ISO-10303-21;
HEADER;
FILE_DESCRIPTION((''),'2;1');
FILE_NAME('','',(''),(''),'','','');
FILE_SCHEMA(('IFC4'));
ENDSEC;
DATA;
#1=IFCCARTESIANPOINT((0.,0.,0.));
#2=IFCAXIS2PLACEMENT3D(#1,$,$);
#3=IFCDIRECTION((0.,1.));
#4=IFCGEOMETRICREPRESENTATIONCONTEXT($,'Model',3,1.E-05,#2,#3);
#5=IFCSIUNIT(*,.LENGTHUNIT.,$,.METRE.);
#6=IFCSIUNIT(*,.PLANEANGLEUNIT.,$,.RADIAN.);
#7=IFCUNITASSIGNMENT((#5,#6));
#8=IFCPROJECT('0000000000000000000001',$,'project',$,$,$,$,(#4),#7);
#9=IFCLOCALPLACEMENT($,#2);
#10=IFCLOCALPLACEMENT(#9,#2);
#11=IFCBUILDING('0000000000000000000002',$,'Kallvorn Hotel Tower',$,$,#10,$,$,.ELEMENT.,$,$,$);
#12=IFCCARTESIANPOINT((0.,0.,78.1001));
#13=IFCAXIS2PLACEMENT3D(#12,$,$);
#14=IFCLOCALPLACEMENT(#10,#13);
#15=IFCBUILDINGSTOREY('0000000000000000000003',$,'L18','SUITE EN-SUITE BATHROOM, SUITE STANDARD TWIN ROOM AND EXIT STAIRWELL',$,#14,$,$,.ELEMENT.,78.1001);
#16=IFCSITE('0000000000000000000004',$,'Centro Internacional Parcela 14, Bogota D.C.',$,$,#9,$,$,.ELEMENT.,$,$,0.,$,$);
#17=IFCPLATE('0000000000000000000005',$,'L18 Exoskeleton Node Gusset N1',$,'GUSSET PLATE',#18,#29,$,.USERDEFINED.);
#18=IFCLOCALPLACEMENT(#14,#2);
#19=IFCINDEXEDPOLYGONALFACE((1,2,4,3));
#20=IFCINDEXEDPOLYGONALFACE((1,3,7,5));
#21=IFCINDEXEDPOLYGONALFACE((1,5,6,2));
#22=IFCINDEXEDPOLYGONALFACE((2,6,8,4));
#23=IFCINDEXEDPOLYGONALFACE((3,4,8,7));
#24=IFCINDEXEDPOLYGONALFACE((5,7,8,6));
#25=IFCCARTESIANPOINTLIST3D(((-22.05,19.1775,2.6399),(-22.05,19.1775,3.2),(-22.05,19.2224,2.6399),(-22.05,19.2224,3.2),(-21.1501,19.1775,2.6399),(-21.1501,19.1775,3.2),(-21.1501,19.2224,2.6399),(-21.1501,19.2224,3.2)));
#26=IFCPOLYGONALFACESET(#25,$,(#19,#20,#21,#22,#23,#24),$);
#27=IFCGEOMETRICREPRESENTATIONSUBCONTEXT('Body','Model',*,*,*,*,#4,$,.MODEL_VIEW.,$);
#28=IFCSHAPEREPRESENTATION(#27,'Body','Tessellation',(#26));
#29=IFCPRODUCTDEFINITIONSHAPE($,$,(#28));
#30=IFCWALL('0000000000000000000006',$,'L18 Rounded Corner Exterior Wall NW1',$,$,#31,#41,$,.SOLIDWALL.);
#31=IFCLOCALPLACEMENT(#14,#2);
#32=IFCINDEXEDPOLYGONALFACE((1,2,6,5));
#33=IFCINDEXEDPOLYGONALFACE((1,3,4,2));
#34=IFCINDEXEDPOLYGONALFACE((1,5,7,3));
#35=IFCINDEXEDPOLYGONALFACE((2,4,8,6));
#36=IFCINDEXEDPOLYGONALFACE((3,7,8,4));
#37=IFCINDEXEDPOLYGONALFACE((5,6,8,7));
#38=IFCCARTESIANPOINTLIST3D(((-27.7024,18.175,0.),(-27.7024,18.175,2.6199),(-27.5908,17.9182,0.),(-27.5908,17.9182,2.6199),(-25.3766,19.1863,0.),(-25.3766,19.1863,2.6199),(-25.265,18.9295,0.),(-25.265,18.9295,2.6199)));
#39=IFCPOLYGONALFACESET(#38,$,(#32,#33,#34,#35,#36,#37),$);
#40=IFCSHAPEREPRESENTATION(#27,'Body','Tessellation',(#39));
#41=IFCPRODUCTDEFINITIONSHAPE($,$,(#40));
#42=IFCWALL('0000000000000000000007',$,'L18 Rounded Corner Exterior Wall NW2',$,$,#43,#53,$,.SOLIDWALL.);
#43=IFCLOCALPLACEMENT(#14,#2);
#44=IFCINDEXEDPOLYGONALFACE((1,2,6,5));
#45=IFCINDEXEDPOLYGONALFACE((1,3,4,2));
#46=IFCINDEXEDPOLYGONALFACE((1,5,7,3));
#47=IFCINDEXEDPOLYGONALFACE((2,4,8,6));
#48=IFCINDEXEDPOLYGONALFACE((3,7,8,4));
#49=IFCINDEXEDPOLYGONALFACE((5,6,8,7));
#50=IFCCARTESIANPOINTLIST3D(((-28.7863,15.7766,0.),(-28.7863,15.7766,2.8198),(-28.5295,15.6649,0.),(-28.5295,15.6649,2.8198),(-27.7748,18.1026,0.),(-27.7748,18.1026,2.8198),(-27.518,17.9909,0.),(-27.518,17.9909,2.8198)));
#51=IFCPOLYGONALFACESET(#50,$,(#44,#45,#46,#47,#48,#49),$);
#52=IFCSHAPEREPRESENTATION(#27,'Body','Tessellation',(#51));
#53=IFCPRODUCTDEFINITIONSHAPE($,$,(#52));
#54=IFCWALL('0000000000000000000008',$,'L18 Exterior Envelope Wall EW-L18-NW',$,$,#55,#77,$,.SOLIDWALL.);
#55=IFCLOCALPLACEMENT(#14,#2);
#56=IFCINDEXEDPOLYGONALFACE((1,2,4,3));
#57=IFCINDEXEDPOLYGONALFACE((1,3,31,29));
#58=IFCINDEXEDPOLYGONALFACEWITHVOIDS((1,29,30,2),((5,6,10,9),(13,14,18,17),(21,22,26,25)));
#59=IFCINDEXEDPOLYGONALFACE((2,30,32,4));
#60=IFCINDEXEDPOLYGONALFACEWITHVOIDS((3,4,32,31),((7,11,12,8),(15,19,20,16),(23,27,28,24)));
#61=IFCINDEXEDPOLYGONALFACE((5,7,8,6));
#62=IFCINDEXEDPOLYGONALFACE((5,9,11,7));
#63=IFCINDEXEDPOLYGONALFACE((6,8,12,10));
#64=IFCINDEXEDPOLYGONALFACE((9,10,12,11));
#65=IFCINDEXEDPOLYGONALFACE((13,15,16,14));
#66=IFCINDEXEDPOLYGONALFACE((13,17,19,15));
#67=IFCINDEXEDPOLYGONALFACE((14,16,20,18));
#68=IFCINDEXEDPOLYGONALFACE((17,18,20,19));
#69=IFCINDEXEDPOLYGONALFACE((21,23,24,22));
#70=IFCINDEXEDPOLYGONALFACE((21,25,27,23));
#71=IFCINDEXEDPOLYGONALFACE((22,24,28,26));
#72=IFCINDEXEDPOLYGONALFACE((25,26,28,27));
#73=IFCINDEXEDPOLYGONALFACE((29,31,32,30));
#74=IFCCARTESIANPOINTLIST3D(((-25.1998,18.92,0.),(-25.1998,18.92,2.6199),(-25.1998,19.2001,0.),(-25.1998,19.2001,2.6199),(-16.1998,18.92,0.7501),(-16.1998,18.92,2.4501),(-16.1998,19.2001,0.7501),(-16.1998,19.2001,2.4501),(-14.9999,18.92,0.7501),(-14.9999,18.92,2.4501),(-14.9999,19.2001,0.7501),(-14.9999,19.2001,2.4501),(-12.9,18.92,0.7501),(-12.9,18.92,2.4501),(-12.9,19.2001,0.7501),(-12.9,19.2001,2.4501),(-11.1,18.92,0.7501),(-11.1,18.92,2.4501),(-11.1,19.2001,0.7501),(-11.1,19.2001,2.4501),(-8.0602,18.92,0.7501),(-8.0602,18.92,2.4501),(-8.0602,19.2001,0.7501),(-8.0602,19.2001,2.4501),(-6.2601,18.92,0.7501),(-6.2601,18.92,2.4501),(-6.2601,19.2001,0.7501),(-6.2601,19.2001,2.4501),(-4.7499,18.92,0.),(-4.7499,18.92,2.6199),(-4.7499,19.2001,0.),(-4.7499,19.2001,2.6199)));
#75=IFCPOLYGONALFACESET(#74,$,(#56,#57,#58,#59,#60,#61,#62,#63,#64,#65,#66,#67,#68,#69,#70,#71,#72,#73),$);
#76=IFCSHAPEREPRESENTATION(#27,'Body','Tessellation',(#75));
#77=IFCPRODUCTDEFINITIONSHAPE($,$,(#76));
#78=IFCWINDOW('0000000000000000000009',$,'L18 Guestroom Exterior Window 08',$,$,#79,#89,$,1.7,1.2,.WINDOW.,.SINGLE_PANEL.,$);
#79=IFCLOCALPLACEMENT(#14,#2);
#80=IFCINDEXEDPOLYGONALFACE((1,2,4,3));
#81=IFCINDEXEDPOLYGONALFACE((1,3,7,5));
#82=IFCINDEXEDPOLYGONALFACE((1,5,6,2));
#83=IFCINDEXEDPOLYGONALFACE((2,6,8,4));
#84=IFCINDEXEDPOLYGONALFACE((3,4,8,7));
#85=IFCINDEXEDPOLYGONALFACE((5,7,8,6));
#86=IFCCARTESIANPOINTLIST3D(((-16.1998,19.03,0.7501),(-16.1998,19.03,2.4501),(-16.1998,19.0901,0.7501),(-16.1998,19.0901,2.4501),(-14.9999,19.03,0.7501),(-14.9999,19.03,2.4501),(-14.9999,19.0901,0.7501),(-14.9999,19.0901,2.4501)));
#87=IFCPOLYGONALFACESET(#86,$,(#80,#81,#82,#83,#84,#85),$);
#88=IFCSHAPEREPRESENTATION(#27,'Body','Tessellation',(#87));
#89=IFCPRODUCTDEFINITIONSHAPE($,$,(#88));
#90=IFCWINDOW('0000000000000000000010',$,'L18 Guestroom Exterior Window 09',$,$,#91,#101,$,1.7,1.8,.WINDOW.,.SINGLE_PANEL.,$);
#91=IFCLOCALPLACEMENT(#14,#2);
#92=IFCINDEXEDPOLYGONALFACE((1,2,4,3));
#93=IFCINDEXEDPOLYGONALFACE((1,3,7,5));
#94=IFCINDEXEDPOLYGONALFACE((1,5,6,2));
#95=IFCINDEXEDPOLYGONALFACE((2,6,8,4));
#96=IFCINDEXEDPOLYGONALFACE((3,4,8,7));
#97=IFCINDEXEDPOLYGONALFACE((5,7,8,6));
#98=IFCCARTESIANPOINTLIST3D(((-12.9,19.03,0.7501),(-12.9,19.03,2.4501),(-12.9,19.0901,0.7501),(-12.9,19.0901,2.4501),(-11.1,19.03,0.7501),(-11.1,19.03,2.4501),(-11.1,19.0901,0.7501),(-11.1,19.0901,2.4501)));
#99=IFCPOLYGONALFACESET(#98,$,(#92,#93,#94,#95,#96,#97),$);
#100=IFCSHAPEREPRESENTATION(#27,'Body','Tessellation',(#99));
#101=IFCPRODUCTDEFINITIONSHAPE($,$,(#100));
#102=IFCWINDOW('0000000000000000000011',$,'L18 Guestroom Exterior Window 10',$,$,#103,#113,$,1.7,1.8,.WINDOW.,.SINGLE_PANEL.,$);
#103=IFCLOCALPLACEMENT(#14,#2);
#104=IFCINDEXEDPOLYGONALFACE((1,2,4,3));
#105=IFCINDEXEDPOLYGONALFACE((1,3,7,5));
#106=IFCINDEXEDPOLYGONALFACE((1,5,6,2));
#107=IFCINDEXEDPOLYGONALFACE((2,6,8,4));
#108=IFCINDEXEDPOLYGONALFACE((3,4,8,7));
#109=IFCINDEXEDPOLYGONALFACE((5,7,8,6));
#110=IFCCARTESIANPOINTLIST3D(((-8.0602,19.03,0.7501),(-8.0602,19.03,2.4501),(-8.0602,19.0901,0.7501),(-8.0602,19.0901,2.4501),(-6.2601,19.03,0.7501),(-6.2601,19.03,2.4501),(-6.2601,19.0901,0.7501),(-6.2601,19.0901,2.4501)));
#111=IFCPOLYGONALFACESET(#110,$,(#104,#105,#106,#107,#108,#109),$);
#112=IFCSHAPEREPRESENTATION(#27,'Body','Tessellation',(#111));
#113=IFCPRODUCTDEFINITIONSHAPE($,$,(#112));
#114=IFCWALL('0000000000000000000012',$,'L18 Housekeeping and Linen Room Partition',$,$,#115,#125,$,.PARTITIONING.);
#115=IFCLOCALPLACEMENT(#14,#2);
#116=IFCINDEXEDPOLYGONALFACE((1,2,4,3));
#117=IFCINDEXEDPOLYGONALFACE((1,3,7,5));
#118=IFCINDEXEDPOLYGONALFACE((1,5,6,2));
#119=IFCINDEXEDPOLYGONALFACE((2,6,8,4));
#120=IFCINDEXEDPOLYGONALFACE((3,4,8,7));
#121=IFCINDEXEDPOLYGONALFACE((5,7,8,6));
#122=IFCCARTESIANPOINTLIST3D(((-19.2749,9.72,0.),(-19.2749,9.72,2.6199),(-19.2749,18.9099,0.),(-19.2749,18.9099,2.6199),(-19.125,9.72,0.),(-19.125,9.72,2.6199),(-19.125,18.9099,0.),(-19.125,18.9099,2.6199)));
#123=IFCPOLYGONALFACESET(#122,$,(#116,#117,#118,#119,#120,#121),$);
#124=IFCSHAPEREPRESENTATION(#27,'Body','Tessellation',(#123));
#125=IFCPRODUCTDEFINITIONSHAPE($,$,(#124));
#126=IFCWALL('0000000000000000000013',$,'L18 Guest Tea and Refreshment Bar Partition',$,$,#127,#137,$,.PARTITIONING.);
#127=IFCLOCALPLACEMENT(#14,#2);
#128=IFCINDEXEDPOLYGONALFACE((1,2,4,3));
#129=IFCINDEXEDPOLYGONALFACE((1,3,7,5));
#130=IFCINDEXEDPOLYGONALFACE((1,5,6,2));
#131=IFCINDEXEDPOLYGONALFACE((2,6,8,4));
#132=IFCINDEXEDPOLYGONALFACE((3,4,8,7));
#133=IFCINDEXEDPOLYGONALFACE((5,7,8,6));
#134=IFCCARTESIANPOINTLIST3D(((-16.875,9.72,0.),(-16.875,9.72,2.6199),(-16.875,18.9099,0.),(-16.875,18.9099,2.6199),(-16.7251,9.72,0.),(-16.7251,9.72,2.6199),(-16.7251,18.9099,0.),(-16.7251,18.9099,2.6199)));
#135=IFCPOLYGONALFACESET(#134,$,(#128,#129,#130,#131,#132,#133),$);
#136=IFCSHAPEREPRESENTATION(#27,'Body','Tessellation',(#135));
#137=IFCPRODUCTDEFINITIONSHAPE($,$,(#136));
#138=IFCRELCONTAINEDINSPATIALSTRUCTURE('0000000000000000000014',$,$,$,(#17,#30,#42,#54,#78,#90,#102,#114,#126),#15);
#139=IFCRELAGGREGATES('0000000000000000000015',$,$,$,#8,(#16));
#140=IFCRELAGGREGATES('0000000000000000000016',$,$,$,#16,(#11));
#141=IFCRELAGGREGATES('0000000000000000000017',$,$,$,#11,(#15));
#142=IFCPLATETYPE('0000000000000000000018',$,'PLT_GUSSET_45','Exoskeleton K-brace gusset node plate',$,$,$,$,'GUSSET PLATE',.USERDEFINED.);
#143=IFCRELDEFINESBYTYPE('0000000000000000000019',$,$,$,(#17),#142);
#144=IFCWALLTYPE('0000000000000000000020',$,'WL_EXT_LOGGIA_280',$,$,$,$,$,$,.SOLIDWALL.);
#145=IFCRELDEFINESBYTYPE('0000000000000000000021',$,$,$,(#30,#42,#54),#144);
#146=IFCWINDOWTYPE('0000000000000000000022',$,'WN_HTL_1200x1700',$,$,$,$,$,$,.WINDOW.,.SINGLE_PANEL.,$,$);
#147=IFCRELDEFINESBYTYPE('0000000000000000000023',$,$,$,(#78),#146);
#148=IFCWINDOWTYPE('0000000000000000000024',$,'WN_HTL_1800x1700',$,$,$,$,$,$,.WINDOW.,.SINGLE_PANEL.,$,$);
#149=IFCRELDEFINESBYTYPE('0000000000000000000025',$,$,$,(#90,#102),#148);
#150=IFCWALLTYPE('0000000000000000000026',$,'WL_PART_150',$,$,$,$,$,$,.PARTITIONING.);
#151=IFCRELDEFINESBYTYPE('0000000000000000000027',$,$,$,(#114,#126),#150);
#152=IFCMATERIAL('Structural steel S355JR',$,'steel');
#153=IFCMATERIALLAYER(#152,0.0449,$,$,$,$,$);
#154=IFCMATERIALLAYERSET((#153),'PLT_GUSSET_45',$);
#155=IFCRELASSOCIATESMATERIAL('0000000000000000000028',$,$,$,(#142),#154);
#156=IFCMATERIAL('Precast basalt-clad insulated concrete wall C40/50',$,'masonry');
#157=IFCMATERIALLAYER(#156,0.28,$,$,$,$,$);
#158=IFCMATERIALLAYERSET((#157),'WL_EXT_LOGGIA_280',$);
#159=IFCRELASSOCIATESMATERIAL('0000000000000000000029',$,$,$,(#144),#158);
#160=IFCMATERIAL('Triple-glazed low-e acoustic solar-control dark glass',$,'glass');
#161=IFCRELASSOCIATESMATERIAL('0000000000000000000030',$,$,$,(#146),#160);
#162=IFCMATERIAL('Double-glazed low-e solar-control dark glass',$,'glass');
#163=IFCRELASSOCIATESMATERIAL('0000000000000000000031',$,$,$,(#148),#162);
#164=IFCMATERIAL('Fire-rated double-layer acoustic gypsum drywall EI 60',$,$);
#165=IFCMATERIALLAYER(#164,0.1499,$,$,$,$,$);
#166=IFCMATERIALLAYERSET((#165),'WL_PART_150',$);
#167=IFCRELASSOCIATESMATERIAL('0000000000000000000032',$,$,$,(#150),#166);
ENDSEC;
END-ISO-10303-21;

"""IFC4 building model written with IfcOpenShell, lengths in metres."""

from ifc_helpers import new_model, si_unit, direction, frame, frame_2d, origin, origin_2d, place, context, subcontext, project, spatial, rectangle, extrude, material, layer, layer_set, type_object, element, fill, save


model = new_model("IFC4")

# Units and contexts
model_context = context("Model", 3, precision=1e-05, world=origin(), true_north=direction((0.0, 1.0)))
body_context = subcontext(model_context, "Body", "Model", "MODEL_VIEW")
ifc_project = project(units=[si_unit("LENGTHUNIT", "METRE"), si_unit("PLANEANGLEUNIT", "RADIAN")], contexts=[model_context])

# Site, building, storey
site_placement = place(None, origin())
site = spatial("IfcSite", under=ifc_project, at=site_placement, Name="Centro Internacional Parcela 14, Bogota D.C.", CompositionType="ELEMENT", RefElevation=0.0)
building_placement = place(site_placement, origin())
building = spatial("IfcBuilding", under=site, at=building_placement, Name="Kallvorn Hotel Tower", CompositionType="ELEMENT")
storey_placement = place(building_placement, frame((0.0, 0.0, 78.1001)))
storey = spatial("IfcBuildingStorey", under=building, at=storey_placement, Name="L18", Description="SUITE EN-SUITE BATHROOM, SUITE STANDARD TWIN ROOM AND EXIT STAIRWELL", CompositionType="ELEMENT", Elevation=78.1001)

# Plate
ifc_material_1 = material(Name="Structural steel S355JR", Category="steel")
ifc_layer_1 = layer(ifc_material_1, 0.0449)
ifc_layer_set_1 = layer_set([ifc_layer_1], Name="PLT_GUSSET_45")
plate_type_1 = type_object("IfcPlateType", Name="PLT_GUSSET_45", Description="Exoskeleton K-brace gusset node plate", ElementType="GUSSET PLATE", PredefinedType="USERDEFINED", material=ifc_layer_set_1)
plate_1_placement = place(storey_placement, frame((-21.6001, 19.2, 2.6399), z_axis=(0.0, 0.0, 1.0), x_axis=(1.0, 0.0, 0.0)))
element("IfcPlate", 1, at=plate_1_placement, inside=storey, type_object=plate_type_1, Name="L18 Exoskeleton Node Gusset N1", ObjectType="GUSSET PLATE", PredefinedType="USERDEFINED", context=body_context, shape_type="SweptSolid", body=[
    extrude(rectangle(XDim=0.8999, YDim=0.0449, at=origin_2d()), origin(), (0.0, 0.0, 1.0), 0.5601),
])

# Walls
ifc_material_2 = material(Name="Precast basalt-clad insulated concrete wall C40/50", Category="masonry")
ifc_layer_2 = layer(ifc_material_2, 0.28)
ifc_layer_set_2 = layer_set([ifc_layer_2], Name="WL_EXT_LOGGIA_280")
wall_type_1 = type_object("IfcWallType", Name="WL_EXT_LOGGIA_280", PredefinedType="SOLIDWALL", material=ifc_layer_set_2)
wall_1_placement = place(storey_placement, frame((-25.3208, 19.0579, 0.0), z_axis=(0.0, 0.0, 1.0), x_axis=(-0.917061, -0.398747, 0.0)))
element("IfcWall", 2, at=wall_1_placement, inside=storey, type_object=wall_type_1, Name="L18 Rounded Corner Exterior Wall NW1", PredefinedType="SOLIDWALL", context=body_context, shape_type="SweptSolid", body=[
    extrude(rectangle(XDim=2.5361, YDim=0.28, at=frame_2d((1.2681, 0.0))), origin(), (0.0, 0.0, 1.0), 2.6199),
])
wall_2_placement = place(storey_placement, frame((-27.6465, 18.0466, 0.0), z_axis=(0.0, 0.0, 1.0), x_axis=(-0.398793, -0.917041, 0.0)))
element("IfcWall", 3, at=wall_2_placement, inside=storey, type_object=wall_type_1, Name="L18 Rounded Corner Exterior Wall NW2", PredefinedType="SOLIDWALL", context=body_context, shape_type="SweptSolid", body=[
    extrude(rectangle(XDim=2.5364, YDim=0.28, at=frame_2d((1.2681, 0.0))), origin(), (0.0, 0.0, 1.0), 2.8198),
])

# Wall, openings, windows
wall_3_placement = place(storey_placement, frame((-25.2, 19.0601, 0.0), z_axis=(0.0, 0.0, 1.0), x_axis=(1.0, 0.0, 0.0)))
wall_3 = element("IfcWall", 4, at=wall_3_placement, inside=storey, type_object=wall_type_1, Name="L18 Exterior Envelope Wall EW-L18-NW", PredefinedType="SOLIDWALL", context=body_context, shape_type="SweptSolid", body=[
    extrude(rectangle(XDim=20.45, YDim=0.28, at=frame_2d((10.2251, 0.0))), origin(), (0.0, 0.0, 1.0), 2.6199),
])
opening_1_placement = place(wall_3_placement, frame((9.0, 0.0, 0.75)))
opening_1 = element("IfcOpeningElement", 5, at=opening_1_placement, cuts=wall_3, PredefinedType="OPENING", context=body_context, shape_type="SweptSolid", body=[
    extrude(rectangle(XDim=1.2, YDim=1.7, at=frame_2d((0.6001, 0.8501))), frame((0.0, 0.155, 0.0), z_axis=(0.0, -1.0, 0.0), x_axis=(1.0, 0.0, 0.0)), (0.0, 0.0, 1.0), 0.3101),
])
opening_2_placement = place(wall_3_placement, frame((12.3, 0.0, 0.75)))
opening_2 = element("IfcOpeningElement", 6, at=opening_2_placement, cuts=wall_3, PredefinedType="OPENING", context=body_context, shape_type="SweptSolid", body=[
    extrude(rectangle(XDim=1.8, YDim=1.7, at=frame_2d((0.8999, 0.8501))), frame((0.0, 0.155, 0.0), z_axis=(0.0, -1.0, 0.0), x_axis=(1.0, 0.0, 0.0)), (0.0, 0.0, 1.0), 0.3101),
])
opening_3_placement = place(wall_3_placement, frame((17.1399, 0.0, 0.75)))
opening_3 = element("IfcOpeningElement", 7, at=opening_3_placement, cuts=wall_3, PredefinedType="OPENING", context=body_context, shape_type="SweptSolid", body=[
    extrude(rectangle(XDim=1.8, YDim=1.7, at=frame_2d((0.8999, 0.8501))), frame((0.0, 0.155, 0.0), z_axis=(0.0, -1.0, 0.0), x_axis=(1.0, 0.0, 0.0)), (0.0, 0.0, 1.0), 0.3101),
])
ifc_material_3 = material(Name="Triple-glazed low-e acoustic solar-control dark glass", Category="glass")
window_type_1 = type_object("IfcWindowType", Name="WN_HTL_1200x1700", PartitioningType="SINGLE_PANEL", PredefinedType="WINDOW", material=ifc_material_3)
window_1_placement = place(opening_1_placement, origin())
window_1 = element("IfcWindow", 8, at=window_1_placement, inside=storey, type_object=window_type_1, Name="L18 Guestroom Exterior Window 08", OverallHeight=1.7, OverallWidth=1.2, PartitioningType="SINGLE_PANEL", PredefinedType="WINDOW", context=body_context, shape_type="SweptSolid", body=[
    extrude(rectangle(XDim=1.2, YDim=1.7, at=frame_2d((0.6001, 0.8501))), frame((0.0, 0.03, 0.0), z_axis=(0.0, -1.0, 0.0), x_axis=(1.0, 0.0, 0.0)), (0.0, 0.0, 1.0), 0.0601),
])
fill(opening_1, window_1)
ifc_material_4 = material(Name="Double-glazed low-e solar-control dark glass", Category="glass")
window_type_2 = type_object("IfcWindowType", Name="WN_HTL_1800x1700", PartitioningType="SINGLE_PANEL", PredefinedType="WINDOW", material=ifc_material_4)
window_2_placement = place(opening_2_placement, origin())
window_2 = element("IfcWindow", 9, at=window_2_placement, inside=storey, type_object=window_type_2, Name="L18 Guestroom Exterior Window 09", OverallHeight=1.7, OverallWidth=1.8, PartitioningType="SINGLE_PANEL", PredefinedType="WINDOW", context=body_context, shape_type="SweptSolid", body=[
    extrude(rectangle(XDim=1.8, YDim=1.7, at=frame_2d((0.8999, 0.8501))), frame((0.0, 0.03, 0.0), z_axis=(0.0, -1.0, 0.0), x_axis=(1.0, 0.0, 0.0)), (0.0, 0.0, 1.0), 0.0601),
])
fill(opening_2, window_2)
window_3_placement = place(opening_3_placement, origin())
window_3 = element("IfcWindow", 10, at=window_3_placement, inside=storey, type_object=window_type_2, Name="L18 Guestroom Exterior Window 10", OverallHeight=1.7, OverallWidth=1.8, PartitioningType="SINGLE_PANEL", PredefinedType="WINDOW", context=body_context, shape_type="SweptSolid", body=[
    extrude(rectangle(XDim=1.8, YDim=1.7, at=frame_2d((0.8999, 0.8501))), frame((0.0, 0.03, 0.0), z_axis=(0.0, -1.0, 0.0), x_axis=(1.0, 0.0, 0.0)), (0.0, 0.0, 1.0), 0.0601),
])
fill(opening_3, window_3)

# Walls
ifc_material_5 = material(Name="Fire-rated double-layer acoustic gypsum drywall EI 60")
ifc_layer_3 = layer(ifc_material_5, 0.1499)
ifc_layer_set_3 = layer_set([ifc_layer_3], Name="WL_PART_150")
wall_type_2 = type_object("IfcWallType", Name="WL_PART_150", PredefinedType="PARTITIONING", material=ifc_layer_set_3)
for number, where, z_axis, x_axis, name in (
    (11, (-19.2, 9.72, 0.0), (0.0, 0.0, 1.0), (0.0, 1.0, 0.0), "L18 Housekeeping and Linen Room Partition"),
    (12, (-16.8, 9.72, 0.0), (0.0, 0.0, 1.0), (0.0, 1.0, 0.0), "L18 Guest Tea and Refreshment Bar Partition"),
):
    element("IfcWall", number, at=place(storey_placement, frame(where, z_axis=z_axis, x_axis=x_axis)), inside=storey, type_object=wall_type_2, Name=name, PredefinedType="PARTITIONING", context=body_context, shape_type="SweptSolid", body=[
        extrude(rectangle(XDim=9.1899, YDim=0.1499, at=frame_2d((4.595, 0.0))), origin(), (0.0, 0.0, 1.0), 2.6199),
    ])

save(model, "model.ifc")
